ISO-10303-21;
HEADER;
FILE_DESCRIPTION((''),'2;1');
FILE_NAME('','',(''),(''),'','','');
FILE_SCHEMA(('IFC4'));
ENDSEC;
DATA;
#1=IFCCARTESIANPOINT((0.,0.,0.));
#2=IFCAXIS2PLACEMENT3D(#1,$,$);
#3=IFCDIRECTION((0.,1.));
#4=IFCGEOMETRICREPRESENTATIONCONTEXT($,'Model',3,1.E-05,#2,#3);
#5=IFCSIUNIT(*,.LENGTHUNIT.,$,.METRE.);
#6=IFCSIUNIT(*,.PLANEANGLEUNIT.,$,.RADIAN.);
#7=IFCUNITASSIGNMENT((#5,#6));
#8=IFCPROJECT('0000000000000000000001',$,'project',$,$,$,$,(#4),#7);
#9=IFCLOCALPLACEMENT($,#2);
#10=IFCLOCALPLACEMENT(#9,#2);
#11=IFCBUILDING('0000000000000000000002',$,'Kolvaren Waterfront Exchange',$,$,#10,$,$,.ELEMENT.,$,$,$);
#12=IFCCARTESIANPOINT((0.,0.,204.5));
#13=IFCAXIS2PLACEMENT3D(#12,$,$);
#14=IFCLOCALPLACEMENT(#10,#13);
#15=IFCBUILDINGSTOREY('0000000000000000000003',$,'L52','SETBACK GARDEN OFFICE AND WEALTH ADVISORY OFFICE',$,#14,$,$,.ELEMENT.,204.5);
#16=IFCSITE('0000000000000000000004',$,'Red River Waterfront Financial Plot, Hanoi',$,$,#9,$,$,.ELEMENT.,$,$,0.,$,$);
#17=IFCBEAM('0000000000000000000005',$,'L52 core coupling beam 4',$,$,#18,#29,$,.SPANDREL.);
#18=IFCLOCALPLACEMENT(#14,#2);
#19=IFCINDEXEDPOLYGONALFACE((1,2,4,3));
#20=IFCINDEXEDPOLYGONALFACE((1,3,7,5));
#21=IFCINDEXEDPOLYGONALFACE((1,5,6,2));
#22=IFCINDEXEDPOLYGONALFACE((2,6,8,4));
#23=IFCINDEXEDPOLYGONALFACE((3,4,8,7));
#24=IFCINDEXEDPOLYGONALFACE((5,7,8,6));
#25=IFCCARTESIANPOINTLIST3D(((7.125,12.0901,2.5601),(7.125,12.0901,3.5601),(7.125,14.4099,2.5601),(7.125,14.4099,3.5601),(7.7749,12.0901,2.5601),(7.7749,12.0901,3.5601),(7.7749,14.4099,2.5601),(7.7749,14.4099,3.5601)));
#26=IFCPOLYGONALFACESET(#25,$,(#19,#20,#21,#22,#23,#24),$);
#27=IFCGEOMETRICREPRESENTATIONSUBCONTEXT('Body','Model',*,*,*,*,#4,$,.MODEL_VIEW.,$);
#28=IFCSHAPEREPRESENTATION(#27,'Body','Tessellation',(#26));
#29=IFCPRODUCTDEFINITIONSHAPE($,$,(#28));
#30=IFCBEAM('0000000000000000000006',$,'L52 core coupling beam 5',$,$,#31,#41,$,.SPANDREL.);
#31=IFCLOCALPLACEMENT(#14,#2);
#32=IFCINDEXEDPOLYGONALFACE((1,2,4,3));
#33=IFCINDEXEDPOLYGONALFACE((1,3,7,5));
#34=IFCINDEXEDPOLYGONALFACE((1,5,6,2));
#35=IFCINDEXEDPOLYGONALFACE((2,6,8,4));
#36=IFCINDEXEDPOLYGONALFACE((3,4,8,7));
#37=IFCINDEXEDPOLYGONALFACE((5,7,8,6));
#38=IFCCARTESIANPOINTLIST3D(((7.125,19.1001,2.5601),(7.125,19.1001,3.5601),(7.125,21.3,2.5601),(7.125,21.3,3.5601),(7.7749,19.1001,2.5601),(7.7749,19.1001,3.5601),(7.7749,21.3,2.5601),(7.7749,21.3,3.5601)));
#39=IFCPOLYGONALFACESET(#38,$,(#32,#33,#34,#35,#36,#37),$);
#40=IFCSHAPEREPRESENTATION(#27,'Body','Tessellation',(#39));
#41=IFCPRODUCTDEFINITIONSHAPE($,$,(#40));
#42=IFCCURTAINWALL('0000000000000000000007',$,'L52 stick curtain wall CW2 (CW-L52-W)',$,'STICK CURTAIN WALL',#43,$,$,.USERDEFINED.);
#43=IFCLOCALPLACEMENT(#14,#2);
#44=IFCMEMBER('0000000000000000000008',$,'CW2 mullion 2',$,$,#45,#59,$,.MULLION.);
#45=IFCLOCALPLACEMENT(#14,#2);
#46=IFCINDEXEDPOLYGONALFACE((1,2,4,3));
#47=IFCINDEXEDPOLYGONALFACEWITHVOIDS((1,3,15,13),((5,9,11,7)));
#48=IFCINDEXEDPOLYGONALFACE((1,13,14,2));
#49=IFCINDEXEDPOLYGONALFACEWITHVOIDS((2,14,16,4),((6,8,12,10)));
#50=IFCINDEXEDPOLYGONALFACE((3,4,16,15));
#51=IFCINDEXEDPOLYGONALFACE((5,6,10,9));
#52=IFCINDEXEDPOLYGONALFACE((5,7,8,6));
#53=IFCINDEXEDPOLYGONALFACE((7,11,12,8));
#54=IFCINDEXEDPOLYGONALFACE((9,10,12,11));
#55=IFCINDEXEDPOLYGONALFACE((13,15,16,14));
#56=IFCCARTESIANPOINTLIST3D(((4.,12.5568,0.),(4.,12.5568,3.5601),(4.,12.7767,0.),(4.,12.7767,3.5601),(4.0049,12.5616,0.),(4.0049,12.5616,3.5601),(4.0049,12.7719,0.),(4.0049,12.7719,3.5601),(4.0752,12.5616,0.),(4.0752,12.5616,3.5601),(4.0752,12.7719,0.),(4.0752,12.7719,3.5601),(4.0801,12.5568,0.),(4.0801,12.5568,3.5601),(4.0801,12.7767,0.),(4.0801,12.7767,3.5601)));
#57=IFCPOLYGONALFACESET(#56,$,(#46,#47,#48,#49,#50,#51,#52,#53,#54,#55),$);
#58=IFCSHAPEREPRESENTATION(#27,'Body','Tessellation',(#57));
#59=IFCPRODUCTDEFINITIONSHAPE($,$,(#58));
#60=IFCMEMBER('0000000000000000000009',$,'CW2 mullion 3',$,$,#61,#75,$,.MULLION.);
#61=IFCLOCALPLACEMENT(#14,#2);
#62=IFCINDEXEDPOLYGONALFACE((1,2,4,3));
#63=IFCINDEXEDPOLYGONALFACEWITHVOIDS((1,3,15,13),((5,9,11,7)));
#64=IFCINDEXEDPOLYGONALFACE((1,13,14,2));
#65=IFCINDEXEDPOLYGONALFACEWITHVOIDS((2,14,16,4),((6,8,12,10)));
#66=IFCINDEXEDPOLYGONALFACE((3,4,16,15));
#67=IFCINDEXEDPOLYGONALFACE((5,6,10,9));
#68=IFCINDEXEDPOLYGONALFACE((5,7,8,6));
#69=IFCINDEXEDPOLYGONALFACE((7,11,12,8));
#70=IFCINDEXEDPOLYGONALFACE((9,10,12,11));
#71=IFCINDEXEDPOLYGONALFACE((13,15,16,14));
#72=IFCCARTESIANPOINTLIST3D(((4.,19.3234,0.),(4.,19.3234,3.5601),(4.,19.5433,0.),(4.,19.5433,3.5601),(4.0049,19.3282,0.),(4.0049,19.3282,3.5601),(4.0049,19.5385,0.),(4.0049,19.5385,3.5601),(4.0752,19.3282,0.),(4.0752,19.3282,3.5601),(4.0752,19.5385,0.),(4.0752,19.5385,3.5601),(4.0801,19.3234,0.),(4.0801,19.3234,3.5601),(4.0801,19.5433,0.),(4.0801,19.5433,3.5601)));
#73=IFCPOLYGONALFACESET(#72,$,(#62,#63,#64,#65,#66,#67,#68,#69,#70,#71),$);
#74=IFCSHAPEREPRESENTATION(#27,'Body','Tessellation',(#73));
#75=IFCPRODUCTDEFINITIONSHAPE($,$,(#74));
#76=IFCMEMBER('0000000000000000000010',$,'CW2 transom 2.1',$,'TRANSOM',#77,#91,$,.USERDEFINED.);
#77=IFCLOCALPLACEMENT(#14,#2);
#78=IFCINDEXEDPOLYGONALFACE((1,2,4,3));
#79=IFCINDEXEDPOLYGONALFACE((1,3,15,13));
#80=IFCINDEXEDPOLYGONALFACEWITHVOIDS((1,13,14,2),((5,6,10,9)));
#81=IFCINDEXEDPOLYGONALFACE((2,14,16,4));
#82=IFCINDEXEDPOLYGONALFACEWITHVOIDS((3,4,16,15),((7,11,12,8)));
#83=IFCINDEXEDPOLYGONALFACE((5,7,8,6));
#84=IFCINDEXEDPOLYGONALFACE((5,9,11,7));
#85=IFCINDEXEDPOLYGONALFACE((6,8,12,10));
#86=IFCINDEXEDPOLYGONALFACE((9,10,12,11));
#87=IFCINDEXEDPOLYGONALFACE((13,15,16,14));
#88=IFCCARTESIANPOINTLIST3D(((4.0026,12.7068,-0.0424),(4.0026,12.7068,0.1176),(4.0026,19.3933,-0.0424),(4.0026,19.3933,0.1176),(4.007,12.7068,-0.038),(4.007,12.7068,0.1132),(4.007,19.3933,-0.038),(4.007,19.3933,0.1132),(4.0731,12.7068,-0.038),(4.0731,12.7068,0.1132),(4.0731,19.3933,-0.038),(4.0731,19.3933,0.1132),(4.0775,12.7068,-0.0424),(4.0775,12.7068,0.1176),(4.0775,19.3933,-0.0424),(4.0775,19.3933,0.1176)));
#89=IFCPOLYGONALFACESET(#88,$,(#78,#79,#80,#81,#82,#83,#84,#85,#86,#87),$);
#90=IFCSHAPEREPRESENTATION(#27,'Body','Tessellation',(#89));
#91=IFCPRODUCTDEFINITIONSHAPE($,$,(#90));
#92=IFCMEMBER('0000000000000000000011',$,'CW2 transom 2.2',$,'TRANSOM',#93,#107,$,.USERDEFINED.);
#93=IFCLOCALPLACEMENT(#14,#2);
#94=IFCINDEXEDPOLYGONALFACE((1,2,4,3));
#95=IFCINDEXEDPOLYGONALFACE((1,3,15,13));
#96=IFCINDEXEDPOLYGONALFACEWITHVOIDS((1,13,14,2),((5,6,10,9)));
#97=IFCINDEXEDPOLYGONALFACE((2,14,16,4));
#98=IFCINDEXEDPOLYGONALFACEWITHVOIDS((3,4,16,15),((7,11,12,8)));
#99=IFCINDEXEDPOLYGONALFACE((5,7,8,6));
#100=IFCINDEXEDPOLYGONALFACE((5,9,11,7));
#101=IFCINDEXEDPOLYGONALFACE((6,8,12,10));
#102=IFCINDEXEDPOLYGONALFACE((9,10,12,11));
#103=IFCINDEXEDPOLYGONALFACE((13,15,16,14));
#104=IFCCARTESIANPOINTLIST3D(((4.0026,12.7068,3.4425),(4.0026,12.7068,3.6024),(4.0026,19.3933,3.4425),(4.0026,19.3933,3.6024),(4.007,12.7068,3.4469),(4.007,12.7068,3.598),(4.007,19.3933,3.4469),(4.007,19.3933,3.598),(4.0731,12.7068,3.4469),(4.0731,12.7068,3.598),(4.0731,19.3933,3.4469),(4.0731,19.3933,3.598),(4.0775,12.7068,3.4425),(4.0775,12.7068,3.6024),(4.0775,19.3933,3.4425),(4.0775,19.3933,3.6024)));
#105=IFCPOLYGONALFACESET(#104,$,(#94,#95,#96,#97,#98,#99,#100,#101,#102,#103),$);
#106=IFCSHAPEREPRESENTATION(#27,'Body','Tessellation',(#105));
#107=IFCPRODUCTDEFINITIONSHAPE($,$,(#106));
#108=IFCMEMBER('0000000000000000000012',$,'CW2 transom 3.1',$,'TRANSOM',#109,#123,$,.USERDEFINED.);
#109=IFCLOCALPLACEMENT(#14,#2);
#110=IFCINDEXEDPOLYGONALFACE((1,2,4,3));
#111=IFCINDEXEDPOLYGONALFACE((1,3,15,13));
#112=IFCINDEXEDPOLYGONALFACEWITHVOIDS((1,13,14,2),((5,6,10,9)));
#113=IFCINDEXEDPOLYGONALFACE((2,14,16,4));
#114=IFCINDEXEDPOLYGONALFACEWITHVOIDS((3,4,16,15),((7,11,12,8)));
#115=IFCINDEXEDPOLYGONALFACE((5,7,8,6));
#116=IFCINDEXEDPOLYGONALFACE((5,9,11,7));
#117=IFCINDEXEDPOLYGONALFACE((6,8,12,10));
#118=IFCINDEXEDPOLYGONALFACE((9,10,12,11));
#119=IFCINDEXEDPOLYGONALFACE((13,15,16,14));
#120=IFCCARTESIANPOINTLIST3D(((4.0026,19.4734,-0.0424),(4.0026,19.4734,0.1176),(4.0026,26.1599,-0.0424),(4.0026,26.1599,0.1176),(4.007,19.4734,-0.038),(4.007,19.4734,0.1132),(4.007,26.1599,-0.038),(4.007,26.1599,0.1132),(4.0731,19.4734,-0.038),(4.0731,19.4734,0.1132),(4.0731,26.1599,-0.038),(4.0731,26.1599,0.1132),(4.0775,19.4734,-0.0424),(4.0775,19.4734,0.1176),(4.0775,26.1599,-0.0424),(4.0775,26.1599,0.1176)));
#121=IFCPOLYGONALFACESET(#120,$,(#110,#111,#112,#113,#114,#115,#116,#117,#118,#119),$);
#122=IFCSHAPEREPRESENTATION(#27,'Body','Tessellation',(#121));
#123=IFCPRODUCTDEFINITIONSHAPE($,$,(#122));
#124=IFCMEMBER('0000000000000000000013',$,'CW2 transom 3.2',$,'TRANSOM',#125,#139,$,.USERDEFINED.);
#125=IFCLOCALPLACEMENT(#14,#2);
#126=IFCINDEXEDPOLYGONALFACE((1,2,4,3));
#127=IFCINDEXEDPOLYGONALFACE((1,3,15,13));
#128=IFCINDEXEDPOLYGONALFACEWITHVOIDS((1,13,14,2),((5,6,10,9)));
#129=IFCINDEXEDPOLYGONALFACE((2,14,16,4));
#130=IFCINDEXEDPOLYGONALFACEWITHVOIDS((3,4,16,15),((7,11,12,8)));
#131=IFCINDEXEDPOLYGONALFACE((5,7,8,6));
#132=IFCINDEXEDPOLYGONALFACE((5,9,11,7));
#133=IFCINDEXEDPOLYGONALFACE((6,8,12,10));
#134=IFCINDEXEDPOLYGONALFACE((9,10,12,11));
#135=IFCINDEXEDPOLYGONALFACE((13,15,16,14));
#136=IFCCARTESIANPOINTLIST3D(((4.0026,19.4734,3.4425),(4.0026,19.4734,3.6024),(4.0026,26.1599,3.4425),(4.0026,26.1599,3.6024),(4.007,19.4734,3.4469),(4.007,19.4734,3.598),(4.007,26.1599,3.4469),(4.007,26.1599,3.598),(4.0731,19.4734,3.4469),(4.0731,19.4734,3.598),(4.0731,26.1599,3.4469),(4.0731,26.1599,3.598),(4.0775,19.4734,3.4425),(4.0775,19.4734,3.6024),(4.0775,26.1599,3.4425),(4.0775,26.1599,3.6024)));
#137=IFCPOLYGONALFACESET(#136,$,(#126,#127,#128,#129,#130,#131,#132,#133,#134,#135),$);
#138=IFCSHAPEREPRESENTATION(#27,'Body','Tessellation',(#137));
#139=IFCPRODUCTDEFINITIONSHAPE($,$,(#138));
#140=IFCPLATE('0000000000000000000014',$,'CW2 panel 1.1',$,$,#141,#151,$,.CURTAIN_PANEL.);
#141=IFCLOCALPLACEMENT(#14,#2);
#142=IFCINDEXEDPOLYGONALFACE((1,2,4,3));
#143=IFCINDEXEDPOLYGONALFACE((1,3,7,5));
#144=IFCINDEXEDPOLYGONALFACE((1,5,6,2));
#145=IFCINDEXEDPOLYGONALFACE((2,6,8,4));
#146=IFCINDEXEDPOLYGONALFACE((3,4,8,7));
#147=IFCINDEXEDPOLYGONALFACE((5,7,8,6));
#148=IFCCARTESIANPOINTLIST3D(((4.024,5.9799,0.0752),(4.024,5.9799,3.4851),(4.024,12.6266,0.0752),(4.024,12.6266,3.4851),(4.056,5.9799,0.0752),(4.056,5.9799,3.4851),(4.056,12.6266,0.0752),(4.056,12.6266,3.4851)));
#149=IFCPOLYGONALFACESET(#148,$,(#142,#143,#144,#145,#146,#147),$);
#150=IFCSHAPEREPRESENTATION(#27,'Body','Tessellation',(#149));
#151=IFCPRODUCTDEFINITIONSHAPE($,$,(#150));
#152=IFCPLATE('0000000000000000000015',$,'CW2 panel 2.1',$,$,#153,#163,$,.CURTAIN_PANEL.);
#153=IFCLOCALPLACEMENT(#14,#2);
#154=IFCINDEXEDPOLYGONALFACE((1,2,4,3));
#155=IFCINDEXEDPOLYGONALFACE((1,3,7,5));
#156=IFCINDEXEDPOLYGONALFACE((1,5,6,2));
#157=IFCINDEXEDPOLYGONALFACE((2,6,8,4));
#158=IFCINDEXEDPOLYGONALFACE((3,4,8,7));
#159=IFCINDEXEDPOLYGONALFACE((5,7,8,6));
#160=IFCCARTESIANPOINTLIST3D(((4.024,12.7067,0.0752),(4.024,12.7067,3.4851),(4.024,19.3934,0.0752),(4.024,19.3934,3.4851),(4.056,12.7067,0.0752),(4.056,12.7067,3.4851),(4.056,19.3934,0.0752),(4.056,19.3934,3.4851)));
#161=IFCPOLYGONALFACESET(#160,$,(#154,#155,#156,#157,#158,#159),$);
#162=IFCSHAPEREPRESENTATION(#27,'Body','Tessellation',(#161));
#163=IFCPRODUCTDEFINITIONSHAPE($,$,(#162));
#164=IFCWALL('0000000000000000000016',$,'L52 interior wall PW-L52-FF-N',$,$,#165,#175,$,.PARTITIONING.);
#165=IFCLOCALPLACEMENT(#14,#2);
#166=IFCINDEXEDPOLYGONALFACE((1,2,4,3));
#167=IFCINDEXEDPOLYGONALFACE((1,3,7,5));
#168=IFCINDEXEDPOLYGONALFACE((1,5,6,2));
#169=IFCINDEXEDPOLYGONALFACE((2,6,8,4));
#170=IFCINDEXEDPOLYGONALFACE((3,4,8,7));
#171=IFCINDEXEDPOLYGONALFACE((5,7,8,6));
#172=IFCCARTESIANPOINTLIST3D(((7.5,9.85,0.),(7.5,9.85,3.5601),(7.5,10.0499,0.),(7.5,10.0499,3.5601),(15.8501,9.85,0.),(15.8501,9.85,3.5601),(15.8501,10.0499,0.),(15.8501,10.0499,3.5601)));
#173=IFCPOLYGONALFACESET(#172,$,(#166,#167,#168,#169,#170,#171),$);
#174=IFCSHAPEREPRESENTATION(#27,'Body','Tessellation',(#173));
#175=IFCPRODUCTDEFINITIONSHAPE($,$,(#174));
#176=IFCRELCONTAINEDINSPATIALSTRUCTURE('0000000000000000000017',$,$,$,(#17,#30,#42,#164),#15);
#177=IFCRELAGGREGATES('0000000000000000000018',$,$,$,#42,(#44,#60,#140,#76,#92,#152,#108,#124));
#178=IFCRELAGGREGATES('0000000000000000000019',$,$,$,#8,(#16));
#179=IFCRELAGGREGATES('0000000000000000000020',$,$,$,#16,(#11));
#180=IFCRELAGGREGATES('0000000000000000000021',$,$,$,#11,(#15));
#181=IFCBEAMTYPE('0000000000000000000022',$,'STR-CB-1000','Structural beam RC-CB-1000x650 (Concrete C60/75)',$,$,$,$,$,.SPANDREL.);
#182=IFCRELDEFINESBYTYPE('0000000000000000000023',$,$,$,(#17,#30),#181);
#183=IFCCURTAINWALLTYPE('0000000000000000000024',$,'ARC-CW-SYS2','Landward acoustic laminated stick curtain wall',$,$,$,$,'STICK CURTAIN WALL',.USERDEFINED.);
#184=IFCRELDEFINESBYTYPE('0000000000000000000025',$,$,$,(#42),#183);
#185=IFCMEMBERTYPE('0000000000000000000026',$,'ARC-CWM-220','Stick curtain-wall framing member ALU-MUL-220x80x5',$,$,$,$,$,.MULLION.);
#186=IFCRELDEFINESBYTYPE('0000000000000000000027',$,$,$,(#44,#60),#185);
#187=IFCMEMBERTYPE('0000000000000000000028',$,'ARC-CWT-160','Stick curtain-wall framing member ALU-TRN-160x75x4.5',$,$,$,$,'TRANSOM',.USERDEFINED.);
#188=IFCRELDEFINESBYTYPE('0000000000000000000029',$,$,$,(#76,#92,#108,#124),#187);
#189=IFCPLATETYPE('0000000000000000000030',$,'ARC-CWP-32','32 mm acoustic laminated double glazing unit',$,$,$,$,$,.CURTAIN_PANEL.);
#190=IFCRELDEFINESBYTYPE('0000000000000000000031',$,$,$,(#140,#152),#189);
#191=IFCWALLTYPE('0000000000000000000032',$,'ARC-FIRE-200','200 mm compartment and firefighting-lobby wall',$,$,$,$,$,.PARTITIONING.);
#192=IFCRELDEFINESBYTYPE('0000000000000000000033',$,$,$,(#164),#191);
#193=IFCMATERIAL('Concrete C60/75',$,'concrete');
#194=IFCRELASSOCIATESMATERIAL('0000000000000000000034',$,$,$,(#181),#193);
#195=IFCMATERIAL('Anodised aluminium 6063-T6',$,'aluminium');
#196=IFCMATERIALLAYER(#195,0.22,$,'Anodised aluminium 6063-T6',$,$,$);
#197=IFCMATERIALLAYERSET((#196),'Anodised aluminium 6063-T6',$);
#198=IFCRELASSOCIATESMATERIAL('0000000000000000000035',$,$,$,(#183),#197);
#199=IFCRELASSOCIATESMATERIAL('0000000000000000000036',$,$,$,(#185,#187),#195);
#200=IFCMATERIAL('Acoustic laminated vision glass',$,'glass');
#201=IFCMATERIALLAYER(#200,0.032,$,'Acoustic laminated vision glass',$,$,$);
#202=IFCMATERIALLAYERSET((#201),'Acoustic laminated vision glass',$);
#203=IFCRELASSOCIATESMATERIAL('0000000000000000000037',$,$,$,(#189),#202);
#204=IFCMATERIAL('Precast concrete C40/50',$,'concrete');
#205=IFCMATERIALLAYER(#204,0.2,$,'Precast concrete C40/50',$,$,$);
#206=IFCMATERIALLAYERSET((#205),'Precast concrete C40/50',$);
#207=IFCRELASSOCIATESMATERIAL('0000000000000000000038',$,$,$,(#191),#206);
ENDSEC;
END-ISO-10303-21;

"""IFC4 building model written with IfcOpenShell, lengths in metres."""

from ifc_helpers import new_model, si_unit, direction, frame, frame_2d, origin, origin_with_axes, origin_2d, place, context, subcontext, project, spatial, rectangle, hollow_rectangle, extrude, source, transform, mapped, material, layer, layer_set, material_profile, profile_set, type_object, element, aggregate, save


model = new_model("IFC4")

# Units and contexts
model_context = context("Model", 3, precision=1e-05, world=origin(), true_north=direction((0.0, 1.0)))
body_context = subcontext(model_context, "Body", "Model", "MODEL_VIEW")
ifc_project = project(units=[si_unit("LENGTHUNIT", "METRE"), si_unit("PLANEANGLEUNIT", "RADIAN")], contexts=[model_context])

# Site, building, storey
site_placement = place(None, origin())
site = spatial("IfcSite", under=ifc_project, at=site_placement, Name="Red River Waterfront Financial Plot, Hanoi", CompositionType="ELEMENT", RefElevation=0.0)
building_placement = place(site_placement, origin())
building = spatial("IfcBuilding", under=site, at=building_placement, Name="Kolvaren Waterfront Exchange", CompositionType="ELEMENT")
storey_placement = place(building_placement, frame((0.0, 0.0, 204.5)))
storey = spatial("IfcBuildingStorey", under=building, at=storey_placement, Name="L52", Description="SETBACK GARDEN OFFICE AND WEALTH ADVISORY OFFICE", CompositionType="ELEMENT", Elevation=204.5)

# Beams
ifc_material_1 = material(Name="Concrete C60/75", Category="concrete")
ifc_material_profile_1 = material_profile(ifc_material_1, rectangle(XDim=0.6499, YDim=1.0, at=origin_2d()), Name="RC-CB-1000x650")
ifc_profile_set_1 = profile_set([ifc_material_profile_1], Name="Concrete C60/75")
beam_type = type_object("IfcBeamType", Name="STR-CB-1000", Description="Structural beam RC-CB-1000x650 (Concrete C60/75)", PredefinedType="SPANDREL", material=ifc_profile_set_1)
beam_1_placement = place(storey_placement, frame((7.45, 12.0901, 3.0601), z_axis=(0.0, 1.0, 0.0), x_axis=(-1.0, 0.0, 0.0)))
element("IfcBeam", 1, at=beam_1_placement, inside=storey, type_object=beam_type, Name="L52 core coupling beam 4", PredefinedType="SPANDREL", context=body_context, shape_type="SweptSolid", body=[
    extrude(rectangle(XDim=0.6499, YDim=1.0, at=origin_2d()), origin(), (0.0, 0.0, 1.0), 2.3198),
])
beam_2_placement = place(storey_placement, frame((7.45, 19.1001, 3.0601), z_axis=(0.0, 1.0, 0.0), x_axis=(-1.0, 0.0, 0.0)))
element("IfcBeam", 2, at=beam_2_placement, inside=storey, type_object=beam_type, Name="L52 core coupling beam 5", PredefinedType="SPANDREL", context=body_context, shape_type="SweptSolid", body=[
    extrude(rectangle(XDim=0.6499, YDim=1.0, at=origin_2d()), origin(), (0.0, 0.0, 1.0), 2.2),
])

# Curtain wall, members, plates
ifc_material_2 = material(Name="Anodised aluminium 6063-T6", Category="aluminium")
ifc_layer_1 = layer(ifc_material_2, 0.22, Name="Anodised aluminium 6063-T6")
ifc_layer_set_1 = layer_set([ifc_layer_1], Name="Anodised aluminium 6063-T6")
curtain_wall_type = type_object("IfcCurtainWallType", Name="ARC-CW-SYS2", Description="Landward acoustic laminated stick curtain wall", ElementType="STICK CURTAIN WALL", PredefinedType="USERDEFINED", material=ifc_layer_set_1)
curtain_wall_placement = place(storey_placement, origin())
curtain_wall = element("IfcCurtainWall", 3, at=curtain_wall_placement, inside=storey, type_object=curtain_wall_type, Name="L52 stick curtain wall CW2 (CW-L52-W)", ObjectType="STICK CURTAIN WALL", PredefinedType="USERDEFINED")
ifc_material_profile_2 = material_profile(ifc_material_2, hollow_rectangle(XDim=0.0801, YDim=0.22, WallThickness=0.0049, at=origin_2d()), Name="ALU-MUL-220x80x5")
ifc_profile_set_2 = profile_set([ifc_material_profile_2], Name="Anodised aluminium 6063-T6")
member_type_1 = type_object("IfcMemberType", Name="ARC-CWM-220", Description="Stick curtain-wall framing member ALU-MUL-220x80x5", PredefinedType="MULLION", material=ifc_profile_set_2)
shared_shape_1 = source(origin_with_axes(), body_context, "Body", "SweptSolid", [
    extrude(hollow_rectangle(XDim=0.0801, YDim=0.22, WallThickness=0.0049, at=origin_2d()), origin(), (0.0, 0.0, 1.0), 3.5601),
])
member_1_placement = place(storey_placement, frame((4.04, 12.6667, 0.0), z_axis=(0.0, 0.0, 1.0), x_axis=(-1.0, 0.0, 0.0)))
member_1 = element("IfcMember", 4, at=member_1_placement, type_object=member_type_1, Name="CW2 mullion 2", PredefinedType="MULLION", context=body_context, shape_type="MappedRepresentation", body=[
    mapped(shared_shape_1, transform((0.0, 0.0, 0.0), x_axis=(1.0, 0.0, 0.0), y_axis=(0.0, 1.0, 0.0), z_axis=(0.0, 0.0, 1.0), scale=1.0)),
])
member_2_placement = place(storey_placement, frame((4.04, 19.4333, 0.0), z_axis=(0.0, 0.0, 1.0), x_axis=(-1.0, 0.0, 0.0)))
member_2 = element("IfcMember", 5, at=member_2_placement, type_object=member_type_1, Name="CW2 mullion 3", PredefinedType="MULLION", context=body_context, shape_type="MappedRepresentation", body=[
    mapped(shared_shape_1, transform((0.0, 0.0, 0.0), x_axis=(1.0, 0.0, 0.0), y_axis=(0.0, 1.0, 0.0), z_axis=(0.0, 0.0, 1.0), scale=1.0)),
])
ifc_material_profile_3 = material_profile(ifc_material_2, hollow_rectangle(XDim=0.075, YDim=0.1599, WallThickness=0.0044, at=origin_2d()), Name="ALU-TRN-160x75x4.5")
ifc_profile_set_3 = profile_set([ifc_material_profile_3], Name="Anodised aluminium 6063-T6")
member_type_2 = type_object("IfcMemberType", Name="ARC-CWT-160", Description="Stick curtain-wall framing member ALU-TRN-160x75x4.5", ElementType="TRANSOM", PredefinedType="USERDEFINED", material=ifc_profile_set_3)
shared_shape_2 = source(origin_with_axes(), body_context, "Body", "SweptSolid", [
    extrude(hollow_rectangle(XDim=0.075, YDim=0.1599, WallThickness=0.0044, at=origin_2d()), origin(), (0.0, 0.0, 1.0), 6.6865),
])
member_3_placement = place(storey_placement, frame((4.04, 12.7068, 0.0376), z_axis=(0.0, 1.0, 0.0), x_axis=(-1.0, 0.0, 0.0)))
member_3 = element("IfcMember", 6, at=member_3_placement, type_object=member_type_2, Name="CW2 transom 2.1", ObjectType="TRANSOM", PredefinedType="USERDEFINED", context=body_context, shape_type="MappedRepresentation", body=[
    mapped(shared_shape_2, transform((0.0, 0.0, 0.0), x_axis=(1.0, 0.0, 0.0), y_axis=(0.0, 1.0, 0.0), z_axis=(0.0, 0.0, 1.0), scale=1.0)),
])
member_4_placement = place(storey_placement, frame((4.04, 12.7068, 3.5225), z_axis=(0.0, 1.0, 0.0), x_axis=(-1.0, 0.0, 0.0)))
member_4 = element("IfcMember", 7, at=member_4_placement, type_object=member_type_2, Name="CW2 transom 2.2", ObjectType="TRANSOM", PredefinedType="USERDEFINED", context=body_context, shape_type="MappedRepresentation", body=[
    mapped(shared_shape_2, transform((0.0, 0.0, 0.0), x_axis=(1.0, 0.0, 0.0), y_axis=(0.0, 1.0, 0.0), z_axis=(0.0, 0.0, 1.0), scale=1.0)),
])
member_5_placement = place(storey_placement, frame((4.04, 19.4734, 0.0376), z_axis=(0.0, 1.0, 0.0), x_axis=(-1.0, 0.0, 0.0)))
member_5 = element("IfcMember", 8, at=member_5_placement, type_object=member_type_2, Name="CW2 transom 3.1", ObjectType="TRANSOM", PredefinedType="USERDEFINED", context=body_context, shape_type="MappedRepresentation", body=[
    mapped(shared_shape_2, transform((0.0, 0.0, 0.0), x_axis=(1.0, 0.0, 0.0), y_axis=(0.0, 1.0, 0.0), z_axis=(0.0, 0.0, 1.0), scale=1.0)),
])
member_6_placement = place(storey_placement, frame((4.04, 19.4734, 3.5225), z_axis=(0.0, 1.0, 0.0), x_axis=(-1.0, 0.0, 0.0)))
member_6 = element("IfcMember", 9, at=member_6_placement, type_object=member_type_2, Name="CW2 transom 3.2", ObjectType="TRANSOM", PredefinedType="USERDEFINED", context=body_context, shape_type="MappedRepresentation", body=[
    mapped(shared_shape_2, transform((0.0, 0.0, 0.0), x_axis=(1.0, 0.0, 0.0), y_axis=(0.0, 1.0, 0.0), z_axis=(0.0, 0.0, 1.0), scale=1.0)),
])
ifc_material_3 = material(Name="Acoustic laminated vision glass", Category="glass")
ifc_layer_2 = layer(ifc_material_3, 0.032, Name="Acoustic laminated vision glass")
ifc_layer_set_2 = layer_set([ifc_layer_2], Name="Acoustic laminated vision glass")
plate_type = type_object("IfcPlateType", Name="ARC-CWP-32", Description="32 mm acoustic laminated double glazing unit", PredefinedType="CURTAIN_PANEL", material=ifc_layer_set_2)
shared_shape_3 = source(origin_with_axes(), body_context, "Body", "SweptSolid", [
    extrude(rectangle(XDim=6.6467, YDim=0.032, at=origin_2d()), origin(), (0.0, 0.0, 1.0), 3.4099),
])
plate_1_placement = place(storey_placement, frame((4.04, 9.3032, 0.0752), z_axis=(0.0, 0.0, 1.0), x_axis=(0.0, 1.0, 0.0)))
plate_1 = element("IfcPlate", 10, at=plate_1_placement, type_object=plate_type, Name="CW2 panel 1.1", PredefinedType="CURTAIN_PANEL", context=body_context, shape_type="MappedRepresentation", body=[
    mapped(shared_shape_3, transform((0.0, 0.0, 0.0), x_axis=(1.0, 0.0, 0.0), y_axis=(0.0, 1.0, 0.0), z_axis=(0.0, 0.0, 1.0), scale=1.0)),
])
shared_shape_4 = source(origin_with_axes(), body_context, "Body", "SweptSolid", [
    extrude(rectangle(XDim=6.6868, YDim=0.032, at=origin_2d()), origin(), (0.0, 0.0, 1.0), 3.4099),
])
plate_2_placement = place(storey_placement, frame((4.04, 16.05, 0.0752), z_axis=(0.0, 0.0, 1.0), x_axis=(0.0, 1.0, 0.0)))
plate_2 = element("IfcPlate", 11, at=plate_2_placement, type_object=plate_type, Name="CW2 panel 2.1", PredefinedType="CURTAIN_PANEL", context=body_context, shape_type="MappedRepresentation", body=[
    mapped(shared_shape_4, transform((0.0, 0.0, 0.0), x_axis=(1.0, 0.0, 0.0), y_axis=(0.0, 1.0, 0.0), z_axis=(0.0, 0.0, 1.0), scale=1.0)),
])
aggregate(curtain_wall, [member_1, member_2, plate_1, member_3, member_4, plate_2, member_5, member_6])

# Wall
ifc_material_4 = material(Name="Precast concrete C40/50", Category="concrete")
ifc_layer_3 = layer(ifc_material_4, 0.2, Name="Precast concrete C40/50")
ifc_layer_set_3 = layer_set([ifc_layer_3], Name="Precast concrete C40/50")
wall_type_1 = type_object("IfcWallType", Name="ARC-FIRE-200", Description="200 mm compartment and firefighting-lobby wall", PredefinedType="PARTITIONING", material=ifc_layer_set_3)
wall_1_placement = place(storey_placement, frame((7.5, 9.95, 0.0), z_axis=(0.0, 0.0, 1.0), x_axis=(1.0, 0.0, 0.0)))
element("IfcWall", 12, at=wall_1_placement, inside=storey, type_object=wall_type_1, Name="L52 interior wall PW-L52-FF-N", PredefinedType="PARTITIONING", context=body_context, shape_type="SweptSolid", body=[
    extrude(rectangle(XDim=8.3501, YDim=0.2, at=frame_2d((4.175, 0.0))), origin(), (0.0, 0.0, 1.0), 3.5601),
])

save(model, "model.ifc")
